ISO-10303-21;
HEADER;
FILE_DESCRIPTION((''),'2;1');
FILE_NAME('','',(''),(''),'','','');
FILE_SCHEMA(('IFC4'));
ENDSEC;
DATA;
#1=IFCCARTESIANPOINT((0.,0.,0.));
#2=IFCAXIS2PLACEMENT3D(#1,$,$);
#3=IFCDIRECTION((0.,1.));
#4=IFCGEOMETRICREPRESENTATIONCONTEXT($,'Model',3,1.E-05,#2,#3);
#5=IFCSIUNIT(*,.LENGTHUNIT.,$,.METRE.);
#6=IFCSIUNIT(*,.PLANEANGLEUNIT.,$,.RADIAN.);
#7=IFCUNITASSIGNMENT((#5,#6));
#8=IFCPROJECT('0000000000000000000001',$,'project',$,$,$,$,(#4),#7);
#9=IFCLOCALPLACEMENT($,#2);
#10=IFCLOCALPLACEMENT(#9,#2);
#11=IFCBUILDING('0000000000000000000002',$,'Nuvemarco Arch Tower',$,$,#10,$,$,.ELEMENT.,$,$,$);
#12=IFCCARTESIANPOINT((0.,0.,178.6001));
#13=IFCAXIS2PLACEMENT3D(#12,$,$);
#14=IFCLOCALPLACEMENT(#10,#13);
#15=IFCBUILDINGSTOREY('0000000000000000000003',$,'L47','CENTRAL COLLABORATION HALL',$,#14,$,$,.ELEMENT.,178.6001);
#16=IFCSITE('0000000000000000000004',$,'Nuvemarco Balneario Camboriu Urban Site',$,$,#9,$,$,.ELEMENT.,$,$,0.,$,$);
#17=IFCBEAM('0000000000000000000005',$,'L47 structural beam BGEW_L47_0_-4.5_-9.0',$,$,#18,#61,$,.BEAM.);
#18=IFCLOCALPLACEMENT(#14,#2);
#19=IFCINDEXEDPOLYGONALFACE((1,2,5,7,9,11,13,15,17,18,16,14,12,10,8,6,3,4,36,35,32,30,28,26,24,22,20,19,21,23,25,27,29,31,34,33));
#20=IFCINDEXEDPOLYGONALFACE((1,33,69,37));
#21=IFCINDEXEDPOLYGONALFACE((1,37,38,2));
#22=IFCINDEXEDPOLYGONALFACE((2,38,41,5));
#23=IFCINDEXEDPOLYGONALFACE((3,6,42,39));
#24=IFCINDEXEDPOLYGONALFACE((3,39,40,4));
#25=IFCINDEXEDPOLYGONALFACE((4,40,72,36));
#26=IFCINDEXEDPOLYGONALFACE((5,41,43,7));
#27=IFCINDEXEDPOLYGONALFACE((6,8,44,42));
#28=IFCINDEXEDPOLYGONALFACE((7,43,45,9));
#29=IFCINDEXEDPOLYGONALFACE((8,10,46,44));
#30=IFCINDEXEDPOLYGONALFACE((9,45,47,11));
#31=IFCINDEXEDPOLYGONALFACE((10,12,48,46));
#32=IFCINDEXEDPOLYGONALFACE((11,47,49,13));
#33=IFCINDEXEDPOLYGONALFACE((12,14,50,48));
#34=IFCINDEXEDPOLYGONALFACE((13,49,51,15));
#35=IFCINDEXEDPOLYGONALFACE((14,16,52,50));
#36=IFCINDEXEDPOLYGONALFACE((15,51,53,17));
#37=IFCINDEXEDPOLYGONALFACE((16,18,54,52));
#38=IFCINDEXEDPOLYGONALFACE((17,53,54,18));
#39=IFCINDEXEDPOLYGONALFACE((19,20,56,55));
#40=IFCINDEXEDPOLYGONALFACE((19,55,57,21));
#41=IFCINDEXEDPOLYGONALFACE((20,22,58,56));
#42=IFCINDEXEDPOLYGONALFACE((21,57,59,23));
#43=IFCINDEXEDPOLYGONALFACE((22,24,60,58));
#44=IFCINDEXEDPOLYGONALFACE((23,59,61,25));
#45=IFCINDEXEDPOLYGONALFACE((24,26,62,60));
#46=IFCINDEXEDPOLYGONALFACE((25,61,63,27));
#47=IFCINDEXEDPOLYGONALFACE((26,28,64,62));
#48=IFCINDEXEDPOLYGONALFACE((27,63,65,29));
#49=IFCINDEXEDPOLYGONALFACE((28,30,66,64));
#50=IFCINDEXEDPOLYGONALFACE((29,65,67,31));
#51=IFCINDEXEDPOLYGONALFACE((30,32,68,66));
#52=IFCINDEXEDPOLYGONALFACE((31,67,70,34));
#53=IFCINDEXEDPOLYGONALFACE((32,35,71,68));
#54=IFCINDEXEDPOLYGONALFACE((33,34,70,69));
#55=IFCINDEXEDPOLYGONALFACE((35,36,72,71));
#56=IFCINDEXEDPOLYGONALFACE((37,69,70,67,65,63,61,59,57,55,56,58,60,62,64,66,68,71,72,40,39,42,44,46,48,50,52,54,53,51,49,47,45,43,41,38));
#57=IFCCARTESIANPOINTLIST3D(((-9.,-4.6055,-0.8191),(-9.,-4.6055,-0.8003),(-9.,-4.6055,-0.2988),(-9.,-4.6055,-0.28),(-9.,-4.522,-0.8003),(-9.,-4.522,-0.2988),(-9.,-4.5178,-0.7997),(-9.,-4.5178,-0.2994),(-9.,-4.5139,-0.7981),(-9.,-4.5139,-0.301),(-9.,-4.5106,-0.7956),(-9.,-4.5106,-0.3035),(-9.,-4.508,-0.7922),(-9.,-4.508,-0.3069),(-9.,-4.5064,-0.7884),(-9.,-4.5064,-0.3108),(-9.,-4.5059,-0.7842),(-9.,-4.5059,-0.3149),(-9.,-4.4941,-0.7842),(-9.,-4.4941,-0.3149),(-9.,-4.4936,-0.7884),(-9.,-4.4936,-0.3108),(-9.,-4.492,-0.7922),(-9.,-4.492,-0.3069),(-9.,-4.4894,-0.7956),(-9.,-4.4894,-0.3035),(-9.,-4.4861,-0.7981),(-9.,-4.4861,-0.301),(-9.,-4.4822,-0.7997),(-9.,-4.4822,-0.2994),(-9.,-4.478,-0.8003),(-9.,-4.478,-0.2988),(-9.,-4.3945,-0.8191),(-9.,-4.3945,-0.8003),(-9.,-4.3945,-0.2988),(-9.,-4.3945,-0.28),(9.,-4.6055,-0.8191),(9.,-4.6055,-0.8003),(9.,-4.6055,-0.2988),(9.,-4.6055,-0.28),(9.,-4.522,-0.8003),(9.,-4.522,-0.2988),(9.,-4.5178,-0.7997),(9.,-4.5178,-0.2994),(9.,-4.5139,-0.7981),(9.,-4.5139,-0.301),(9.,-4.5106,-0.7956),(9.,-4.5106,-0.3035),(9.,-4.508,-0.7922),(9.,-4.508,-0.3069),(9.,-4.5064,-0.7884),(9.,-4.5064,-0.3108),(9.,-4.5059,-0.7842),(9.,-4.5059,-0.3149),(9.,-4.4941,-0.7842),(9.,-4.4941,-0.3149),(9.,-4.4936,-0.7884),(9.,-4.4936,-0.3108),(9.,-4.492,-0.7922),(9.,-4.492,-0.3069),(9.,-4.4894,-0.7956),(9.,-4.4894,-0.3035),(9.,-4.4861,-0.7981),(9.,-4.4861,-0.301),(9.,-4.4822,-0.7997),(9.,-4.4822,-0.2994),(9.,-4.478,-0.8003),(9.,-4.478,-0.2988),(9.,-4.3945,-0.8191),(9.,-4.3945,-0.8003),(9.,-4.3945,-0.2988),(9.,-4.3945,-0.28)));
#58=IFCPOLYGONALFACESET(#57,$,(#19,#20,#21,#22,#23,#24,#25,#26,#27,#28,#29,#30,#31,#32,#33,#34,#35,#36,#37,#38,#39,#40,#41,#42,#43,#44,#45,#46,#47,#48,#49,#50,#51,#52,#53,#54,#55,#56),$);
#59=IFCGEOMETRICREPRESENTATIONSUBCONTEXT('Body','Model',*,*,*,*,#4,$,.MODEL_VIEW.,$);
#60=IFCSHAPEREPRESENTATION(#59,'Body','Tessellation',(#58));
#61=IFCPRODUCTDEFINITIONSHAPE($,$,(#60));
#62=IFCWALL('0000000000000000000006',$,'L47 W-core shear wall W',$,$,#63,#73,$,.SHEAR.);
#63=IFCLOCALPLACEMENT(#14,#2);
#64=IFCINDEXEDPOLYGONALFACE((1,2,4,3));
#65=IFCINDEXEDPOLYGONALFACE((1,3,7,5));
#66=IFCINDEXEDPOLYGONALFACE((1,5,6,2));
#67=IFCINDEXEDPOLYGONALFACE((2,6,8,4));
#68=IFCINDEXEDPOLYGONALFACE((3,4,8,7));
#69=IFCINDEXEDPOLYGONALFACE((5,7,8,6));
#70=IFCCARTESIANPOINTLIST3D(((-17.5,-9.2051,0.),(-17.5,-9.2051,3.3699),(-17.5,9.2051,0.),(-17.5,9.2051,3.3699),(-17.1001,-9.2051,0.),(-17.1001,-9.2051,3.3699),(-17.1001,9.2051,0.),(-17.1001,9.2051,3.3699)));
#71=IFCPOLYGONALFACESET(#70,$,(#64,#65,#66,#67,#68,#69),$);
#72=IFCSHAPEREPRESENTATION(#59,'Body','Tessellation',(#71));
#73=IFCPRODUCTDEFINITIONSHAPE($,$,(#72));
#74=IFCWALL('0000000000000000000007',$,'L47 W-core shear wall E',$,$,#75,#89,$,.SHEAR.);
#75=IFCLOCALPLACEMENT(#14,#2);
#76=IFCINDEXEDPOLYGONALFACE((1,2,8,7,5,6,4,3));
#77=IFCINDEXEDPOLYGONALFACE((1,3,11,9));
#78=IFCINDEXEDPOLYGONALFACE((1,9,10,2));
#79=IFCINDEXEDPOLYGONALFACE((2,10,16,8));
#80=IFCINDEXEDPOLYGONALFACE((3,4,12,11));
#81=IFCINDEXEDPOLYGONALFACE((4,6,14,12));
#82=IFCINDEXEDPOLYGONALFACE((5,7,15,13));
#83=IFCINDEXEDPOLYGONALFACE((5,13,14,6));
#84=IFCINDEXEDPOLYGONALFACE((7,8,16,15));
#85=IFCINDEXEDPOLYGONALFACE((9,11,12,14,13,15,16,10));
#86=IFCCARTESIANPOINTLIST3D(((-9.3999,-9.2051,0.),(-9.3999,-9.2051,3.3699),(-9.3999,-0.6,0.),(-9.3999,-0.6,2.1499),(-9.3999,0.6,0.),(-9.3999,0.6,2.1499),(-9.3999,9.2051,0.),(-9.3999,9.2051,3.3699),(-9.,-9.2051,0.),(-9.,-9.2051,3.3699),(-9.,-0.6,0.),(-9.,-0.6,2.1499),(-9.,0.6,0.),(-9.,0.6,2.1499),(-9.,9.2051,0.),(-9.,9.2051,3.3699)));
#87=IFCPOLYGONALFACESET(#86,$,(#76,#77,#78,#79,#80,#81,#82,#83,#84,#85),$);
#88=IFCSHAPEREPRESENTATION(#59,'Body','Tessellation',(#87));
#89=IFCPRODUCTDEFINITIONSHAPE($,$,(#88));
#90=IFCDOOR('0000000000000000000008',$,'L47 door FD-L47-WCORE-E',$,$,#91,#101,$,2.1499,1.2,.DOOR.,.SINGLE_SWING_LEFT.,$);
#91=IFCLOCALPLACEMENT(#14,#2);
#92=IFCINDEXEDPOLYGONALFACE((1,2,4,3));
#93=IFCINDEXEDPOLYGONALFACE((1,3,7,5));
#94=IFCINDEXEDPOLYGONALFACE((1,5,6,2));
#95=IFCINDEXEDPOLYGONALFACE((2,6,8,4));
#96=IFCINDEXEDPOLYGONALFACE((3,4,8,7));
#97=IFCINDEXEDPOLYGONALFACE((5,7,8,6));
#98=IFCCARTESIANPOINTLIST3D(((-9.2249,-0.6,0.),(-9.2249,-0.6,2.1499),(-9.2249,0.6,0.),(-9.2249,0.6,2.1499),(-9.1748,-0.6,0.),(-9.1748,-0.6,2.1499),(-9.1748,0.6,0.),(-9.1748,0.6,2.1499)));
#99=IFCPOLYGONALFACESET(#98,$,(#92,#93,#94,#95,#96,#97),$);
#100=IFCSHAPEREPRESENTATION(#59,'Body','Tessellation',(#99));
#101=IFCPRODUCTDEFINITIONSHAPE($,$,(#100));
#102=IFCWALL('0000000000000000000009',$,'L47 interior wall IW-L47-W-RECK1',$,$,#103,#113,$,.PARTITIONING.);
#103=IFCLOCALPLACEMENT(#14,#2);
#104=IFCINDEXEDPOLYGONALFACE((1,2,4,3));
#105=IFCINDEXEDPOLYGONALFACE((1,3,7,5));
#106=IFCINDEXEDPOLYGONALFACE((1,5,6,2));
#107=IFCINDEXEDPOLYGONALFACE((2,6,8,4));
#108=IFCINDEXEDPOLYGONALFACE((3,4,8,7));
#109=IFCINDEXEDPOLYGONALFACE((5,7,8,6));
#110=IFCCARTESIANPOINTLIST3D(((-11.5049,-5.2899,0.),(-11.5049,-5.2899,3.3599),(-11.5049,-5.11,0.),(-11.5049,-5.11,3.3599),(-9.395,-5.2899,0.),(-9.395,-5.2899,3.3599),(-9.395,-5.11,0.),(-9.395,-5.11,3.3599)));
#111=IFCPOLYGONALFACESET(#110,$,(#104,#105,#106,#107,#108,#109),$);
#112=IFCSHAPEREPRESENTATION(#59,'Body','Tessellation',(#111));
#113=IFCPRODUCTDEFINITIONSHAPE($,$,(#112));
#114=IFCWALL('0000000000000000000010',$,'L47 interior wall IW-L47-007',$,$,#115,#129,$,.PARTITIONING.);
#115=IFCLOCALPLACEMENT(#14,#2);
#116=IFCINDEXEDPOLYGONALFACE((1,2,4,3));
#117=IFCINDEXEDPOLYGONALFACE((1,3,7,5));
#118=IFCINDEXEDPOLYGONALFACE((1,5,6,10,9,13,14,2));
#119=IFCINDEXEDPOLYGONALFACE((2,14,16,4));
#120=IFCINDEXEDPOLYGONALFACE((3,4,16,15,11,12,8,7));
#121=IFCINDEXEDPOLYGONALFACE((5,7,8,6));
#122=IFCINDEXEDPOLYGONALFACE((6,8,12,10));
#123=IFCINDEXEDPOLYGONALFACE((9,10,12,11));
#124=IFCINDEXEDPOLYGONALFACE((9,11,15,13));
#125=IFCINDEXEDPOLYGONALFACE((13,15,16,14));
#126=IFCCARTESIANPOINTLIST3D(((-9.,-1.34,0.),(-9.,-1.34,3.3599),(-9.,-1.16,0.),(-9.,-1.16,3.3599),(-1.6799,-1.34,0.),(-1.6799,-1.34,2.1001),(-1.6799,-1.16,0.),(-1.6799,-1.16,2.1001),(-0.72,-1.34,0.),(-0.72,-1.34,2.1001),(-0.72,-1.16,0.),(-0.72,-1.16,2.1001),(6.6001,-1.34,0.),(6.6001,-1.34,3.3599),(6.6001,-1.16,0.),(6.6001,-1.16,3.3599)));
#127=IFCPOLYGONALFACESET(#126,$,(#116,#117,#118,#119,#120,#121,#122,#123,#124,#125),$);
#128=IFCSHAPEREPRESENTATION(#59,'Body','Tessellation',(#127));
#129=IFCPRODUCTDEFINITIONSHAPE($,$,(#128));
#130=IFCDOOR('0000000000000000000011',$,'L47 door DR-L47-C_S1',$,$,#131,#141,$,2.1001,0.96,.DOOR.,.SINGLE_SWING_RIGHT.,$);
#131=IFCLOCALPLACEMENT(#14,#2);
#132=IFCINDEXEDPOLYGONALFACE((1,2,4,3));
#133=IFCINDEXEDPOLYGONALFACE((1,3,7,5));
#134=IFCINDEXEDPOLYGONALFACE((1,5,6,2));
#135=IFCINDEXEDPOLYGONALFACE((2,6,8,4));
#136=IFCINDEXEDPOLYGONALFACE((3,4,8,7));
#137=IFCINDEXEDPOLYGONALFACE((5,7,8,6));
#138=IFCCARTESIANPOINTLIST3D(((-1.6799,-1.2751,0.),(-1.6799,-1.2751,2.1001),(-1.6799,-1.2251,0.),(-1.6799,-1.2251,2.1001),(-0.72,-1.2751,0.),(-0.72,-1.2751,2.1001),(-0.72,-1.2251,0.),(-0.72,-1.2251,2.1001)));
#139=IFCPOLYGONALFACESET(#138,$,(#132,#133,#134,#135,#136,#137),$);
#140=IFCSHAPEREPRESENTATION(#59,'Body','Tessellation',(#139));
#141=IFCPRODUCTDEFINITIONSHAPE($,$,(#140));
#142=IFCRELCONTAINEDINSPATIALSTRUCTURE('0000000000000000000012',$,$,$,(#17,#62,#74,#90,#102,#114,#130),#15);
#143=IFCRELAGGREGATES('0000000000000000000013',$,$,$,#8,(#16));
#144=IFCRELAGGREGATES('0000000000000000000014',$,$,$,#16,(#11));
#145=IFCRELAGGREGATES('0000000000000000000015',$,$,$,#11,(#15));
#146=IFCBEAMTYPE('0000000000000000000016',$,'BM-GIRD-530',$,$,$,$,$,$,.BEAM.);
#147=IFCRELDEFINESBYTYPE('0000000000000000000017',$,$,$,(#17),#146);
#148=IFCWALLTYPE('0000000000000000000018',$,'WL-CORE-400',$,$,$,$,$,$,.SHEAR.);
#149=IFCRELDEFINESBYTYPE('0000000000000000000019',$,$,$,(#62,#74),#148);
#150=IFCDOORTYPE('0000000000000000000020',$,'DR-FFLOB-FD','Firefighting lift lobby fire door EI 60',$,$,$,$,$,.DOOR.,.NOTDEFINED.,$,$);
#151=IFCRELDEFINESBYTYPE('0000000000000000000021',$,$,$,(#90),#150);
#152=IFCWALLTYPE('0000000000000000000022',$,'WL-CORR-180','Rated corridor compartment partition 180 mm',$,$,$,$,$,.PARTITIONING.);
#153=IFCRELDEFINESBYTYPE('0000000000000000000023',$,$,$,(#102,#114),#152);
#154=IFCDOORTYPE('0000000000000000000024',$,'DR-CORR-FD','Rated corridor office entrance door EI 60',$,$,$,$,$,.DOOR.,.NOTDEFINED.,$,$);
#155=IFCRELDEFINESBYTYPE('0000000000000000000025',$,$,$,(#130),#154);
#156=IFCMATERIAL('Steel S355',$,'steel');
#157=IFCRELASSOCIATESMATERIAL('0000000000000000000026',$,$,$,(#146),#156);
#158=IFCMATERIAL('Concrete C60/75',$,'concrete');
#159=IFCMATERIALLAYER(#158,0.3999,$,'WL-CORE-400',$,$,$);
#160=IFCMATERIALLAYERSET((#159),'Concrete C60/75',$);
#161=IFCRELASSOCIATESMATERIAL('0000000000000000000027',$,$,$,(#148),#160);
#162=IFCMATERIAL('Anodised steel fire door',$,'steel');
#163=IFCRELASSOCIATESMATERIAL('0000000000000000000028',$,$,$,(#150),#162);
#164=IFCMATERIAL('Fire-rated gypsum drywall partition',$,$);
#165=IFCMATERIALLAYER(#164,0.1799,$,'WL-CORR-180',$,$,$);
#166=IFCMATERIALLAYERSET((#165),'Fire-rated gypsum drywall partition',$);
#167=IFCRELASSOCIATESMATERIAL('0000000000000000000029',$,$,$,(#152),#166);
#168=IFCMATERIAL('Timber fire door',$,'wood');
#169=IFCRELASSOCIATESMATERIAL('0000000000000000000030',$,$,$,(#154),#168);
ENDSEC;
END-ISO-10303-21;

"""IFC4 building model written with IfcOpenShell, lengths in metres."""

from ifc_helpers import new_model, si_unit, direction, frame, frame_2d, origin, origin_2d, place, context, subcontext, project, spatial, rectangle, i_section, extrude, source, transform, mapped, material, layer, layer_set, material_profile, profile_set, type_object, type_shapes, element, fill, save


model = new_model("IFC4")

# Units and contexts
model_context = context("Model", 3, precision=1e-05, world=origin(), true_north=direction((0.0, 1.0)))
body_context = subcontext(model_context, "Body", "Model", "MODEL_VIEW")
ifc_project = project(units=[si_unit("LENGTHUNIT", "METRE"), si_unit("PLANEANGLEUNIT", "RADIAN")], contexts=[model_context])

# Site, building, storey
site_placement = place(None, origin())
site = spatial("IfcSite", under=ifc_project, at=site_placement, Name="Nuvemarco Balneario Camboriu Urban Site", CompositionType="ELEMENT", RefElevation=0.0)
building_placement = place(site_placement, origin())
building = spatial("IfcBuilding", under=site, at=building_placement, Name="Nuvemarco Arch Tower", CompositionType="ELEMENT")
storey_placement = place(building_placement, frame((0.0, 0.0, 178.6001)))
storey = spatial("IfcBuildingStorey", under=building, at=storey_placement, Name="L47", Description="CENTRAL COLLABORATION HALL", CompositionType="ELEMENT", Elevation=178.6001)

# Shared definitions
ifc_material_1 = material(Name="Steel S355", Category="steel")

# Beam
ifc_material_2 = material(Name="Concrete C60/75", Category="concrete")
ifc_material_profile_1 = material_profile(ifc_material_1, i_section(OverallWidth=0.2109, OverallDepth=0.5391, WebThickness=0.0117, FlangeThickness=0.0188, FilletRadius=0.0161, at=origin_2d()), Name="W530x109")
ifc_profile_set_1 = profile_set([ifc_material_profile_1], Name="Steel S355")
beam_type_1 = type_object("IfcBeamType", Name="BM-GIRD-530", PredefinedType="BEAM", material=ifc_profile_set_1)
beam_1_placement = place(storey_placement, frame((-9.0, -4.5, -0.5496), z_axis=(1.0, 0.0, 0.0), x_axis=(0.0, 1.0, 0.0)))
element("IfcBeam", 1, at=beam_1_placement, inside=storey, type_object=beam_type_1, Name="L47 structural beam BGEW_L47_0_-4.5_-9.0", PredefinedType="BEAM", context=body_context, shape_type="SweptSolid", body=[
    extrude(i_section(OverallWidth=0.2109, OverallDepth=0.5391, WebThickness=0.0117, FlangeThickness=0.0188, FilletRadius=0.0161, at=origin_2d()), origin(), (0.0, 0.0, 1.0), 18.0),
])

# Wall
ifc_layer_1 = layer(ifc_material_2, 0.3999, Name="WL-CORE-400")
ifc_layer_set_1 = layer_set([ifc_layer_1], Name="Concrete C60/75")
wall_type_1 = type_object("IfcWallType", Name="WL-CORE-400", PredefinedType="SHEAR", material=ifc_layer_set_1)
wall_1_placement = place(storey_placement, frame((-17.3, -9.2051, 0.0), z_axis=(0.0, 0.0, 1.0), x_axis=(0.0, 1.0, 0.0)))
element("IfcWall", 2, at=wall_1_placement, inside=storey, type_object=wall_type_1, Name="L47 W-core shear wall W", PredefinedType="SHEAR", context=body_context, shape_type="SweptSolid", body=[
    extrude(rectangle(XDim=18.4102, YDim=0.3999, at=frame_2d((9.2051, 0.0))), origin(), (0.0, 0.0, 1.0), 3.3699),
])

# Wall, opening, door
wall_2_placement = place(storey_placement, frame((-9.2, -9.2051, 0.0), z_axis=(0.0, 0.0, 1.0), x_axis=(0.0, 1.0, 0.0)))
wall_2 = element("IfcWall", 3, at=wall_2_placement, inside=storey, type_object=wall_type_1, Name="L47 W-core shear wall E", PredefinedType="SHEAR", context=body_context, shape_type="SweptSolid", body=[
    extrude(rectangle(XDim=18.4102, YDim=0.3999, at=frame_2d((9.2051, 0.0))), origin(), (0.0, 0.0, 1.0), 3.3699),
])
opening_1_placement = place(wall_2_placement, frame((8.605, 0.0, 0.0)))
opening_1 = element("IfcOpeningElement", 4, at=opening_1_placement, cuts=wall_2, PredefinedType="OPENING", context=body_context, shape_type="SweptSolid", body=[
    extrude(rectangle(XDim=1.2, YDim=2.1499, at=frame_2d((0.6001, 1.075))), frame((0.0, 0.21, 0.0), z_axis=(0.0, -1.0, 0.0), x_axis=(1.0, 0.0, 0.0)), (0.0, 0.0, 1.0), 0.4199),
])
ifc_material_3 = material(Name="Anodised steel fire door", Category="steel")
door_type_1 = type_object("IfcDoorType", Name="DR-FFLOB-FD", Description="Firefighting lift lobby fire door EI 60", OperationType="NOTDEFINED", PredefinedType="DOOR", material=ifc_material_3)
shared_shape_1 = source(origin(), body_context, "Body", "SweptSolid", [
    extrude(rectangle(XDim=1.2, YDim=2.1499, at=frame_2d((0.6001, 1.075))), frame((0.0, 0.0249, 0.0), z_axis=(0.0, -1.0, 0.0), x_axis=(1.0, 0.0, 0.0)), (0.0, 0.0, 1.0), 0.05),
])
type_shapes(door_type_1, [shared_shape_1])
door_1_placement = place(opening_1_placement, origin())
door_1 = element("IfcDoor", 5, at=door_1_placement, inside=storey, type_object=door_type_1, Name="L47 door FD-L47-WCORE-E", OperationType="SINGLE_SWING_LEFT", OverallHeight=2.1499, OverallWidth=1.2, PredefinedType="DOOR", context=body_context, shape_type="MappedRepresentation", body=[
    mapped(shared_shape_1, transform((0.0, 0.0, 0.0), scale=1.0)),
])
fill(opening_1, door_1)

# Wall
ifc_material_4 = material(Name="Fire-rated gypsum drywall partition")
ifc_layer_2 = layer(ifc_material_4, 0.1799, Name="WL-CORR-180")
ifc_layer_set_2 = layer_set([ifc_layer_2], Name="Fire-rated gypsum drywall partition")
wall_type_2 = type_object("IfcWallType", Name="WL-CORR-180", Description="Rated corridor compartment partition 180 mm", PredefinedType="PARTITIONING", material=ifc_layer_set_2)
wall_3_placement = place(storey_placement, frame((-11.5049, -5.2, 0.0), z_axis=(0.0, 0.0, 1.0), x_axis=(1.0, 0.0, 0.0)))
element("IfcWall", 6, at=wall_3_placement, inside=storey, type_object=wall_type_2, Name="L47 interior wall IW-L47-W-RECK1", PredefinedType="PARTITIONING", context=body_context, shape_type="SweptSolid", body=[
    extrude(rectangle(XDim=2.1099, YDim=0.1799, at=frame_2d((1.0549, 0.0))), origin(), (0.0, 0.0, 1.0), 3.3599),
])

# Wall, opening, door
wall_4_placement = place(storey_placement, frame((-9.0, -1.25, 0.0), z_axis=(0.0, 0.0, 1.0), x_axis=(1.0, 0.0, 0.0)))
wall_4 = element("IfcWall", 7, at=wall_4_placement, inside=storey, type_object=wall_type_2, Name="L47 interior wall IW-L47-007", PredefinedType="PARTITIONING", context=body_context, shape_type="SweptSolid", body=[
    extrude(rectangle(XDim=15.6001, YDim=0.1799, at=frame_2d((7.8, 0.0))), origin(), (0.0, 0.0, 1.0), 3.3599),
])
opening_2_placement = place(wall_4_placement, frame((7.3201, 0.0, 0.0)))
opening_2 = element("IfcOpeningElement", 8, at=opening_2_placement, cuts=wall_4, PredefinedType="OPENING", context=body_context, shape_type="SweptSolid", body=[
    extrude(rectangle(XDim=0.96, YDim=2.1001, at=frame_2d((0.48, 1.05))), frame((0.0, 0.0999, 0.0), z_axis=(0.0, -1.0, 0.0), x_axis=(1.0, 0.0, 0.0)), (0.0, 0.0, 1.0), 0.2),
])
ifc_material_5 = material(Name="Timber fire door", Category="wood")
door_type_2 = type_object("IfcDoorType", Name="DR-CORR-FD", Description="Rated corridor office entrance door EI 60", OperationType="NOTDEFINED", PredefinedType="DOOR", material=ifc_material_5)
shared_shape_2 = source(origin(), body_context, "Body", "SweptSolid", [
    extrude(rectangle(XDim=0.96, YDim=2.1001, at=frame_2d((0.48, 1.05))), frame((0.0, 0.0249, 0.0), z_axis=(0.0, -1.0, 0.0), x_axis=(1.0, 0.0, 0.0)), (0.0, 0.0, 1.0), 0.05),
])
type_shapes(door_type_2, [shared_shape_2])
door_2_placement = place(opening_2_placement, origin())
door_2 = element("IfcDoor", 9, at=door_2_placement, inside=storey, type_object=door_type_2, Name="L47 door DR-L47-C_S1", OperationType="SINGLE_SWING_RIGHT", OverallHeight=2.1001, OverallWidth=0.96, PredefinedType="DOOR", context=body_context, shape_type="MappedRepresentation", body=[
    mapped(shared_shape_2, transform((0.0, 0.0, 0.0), scale=1.0)),
])
fill(opening_2, door_2)

save(model, "model.ifc")
